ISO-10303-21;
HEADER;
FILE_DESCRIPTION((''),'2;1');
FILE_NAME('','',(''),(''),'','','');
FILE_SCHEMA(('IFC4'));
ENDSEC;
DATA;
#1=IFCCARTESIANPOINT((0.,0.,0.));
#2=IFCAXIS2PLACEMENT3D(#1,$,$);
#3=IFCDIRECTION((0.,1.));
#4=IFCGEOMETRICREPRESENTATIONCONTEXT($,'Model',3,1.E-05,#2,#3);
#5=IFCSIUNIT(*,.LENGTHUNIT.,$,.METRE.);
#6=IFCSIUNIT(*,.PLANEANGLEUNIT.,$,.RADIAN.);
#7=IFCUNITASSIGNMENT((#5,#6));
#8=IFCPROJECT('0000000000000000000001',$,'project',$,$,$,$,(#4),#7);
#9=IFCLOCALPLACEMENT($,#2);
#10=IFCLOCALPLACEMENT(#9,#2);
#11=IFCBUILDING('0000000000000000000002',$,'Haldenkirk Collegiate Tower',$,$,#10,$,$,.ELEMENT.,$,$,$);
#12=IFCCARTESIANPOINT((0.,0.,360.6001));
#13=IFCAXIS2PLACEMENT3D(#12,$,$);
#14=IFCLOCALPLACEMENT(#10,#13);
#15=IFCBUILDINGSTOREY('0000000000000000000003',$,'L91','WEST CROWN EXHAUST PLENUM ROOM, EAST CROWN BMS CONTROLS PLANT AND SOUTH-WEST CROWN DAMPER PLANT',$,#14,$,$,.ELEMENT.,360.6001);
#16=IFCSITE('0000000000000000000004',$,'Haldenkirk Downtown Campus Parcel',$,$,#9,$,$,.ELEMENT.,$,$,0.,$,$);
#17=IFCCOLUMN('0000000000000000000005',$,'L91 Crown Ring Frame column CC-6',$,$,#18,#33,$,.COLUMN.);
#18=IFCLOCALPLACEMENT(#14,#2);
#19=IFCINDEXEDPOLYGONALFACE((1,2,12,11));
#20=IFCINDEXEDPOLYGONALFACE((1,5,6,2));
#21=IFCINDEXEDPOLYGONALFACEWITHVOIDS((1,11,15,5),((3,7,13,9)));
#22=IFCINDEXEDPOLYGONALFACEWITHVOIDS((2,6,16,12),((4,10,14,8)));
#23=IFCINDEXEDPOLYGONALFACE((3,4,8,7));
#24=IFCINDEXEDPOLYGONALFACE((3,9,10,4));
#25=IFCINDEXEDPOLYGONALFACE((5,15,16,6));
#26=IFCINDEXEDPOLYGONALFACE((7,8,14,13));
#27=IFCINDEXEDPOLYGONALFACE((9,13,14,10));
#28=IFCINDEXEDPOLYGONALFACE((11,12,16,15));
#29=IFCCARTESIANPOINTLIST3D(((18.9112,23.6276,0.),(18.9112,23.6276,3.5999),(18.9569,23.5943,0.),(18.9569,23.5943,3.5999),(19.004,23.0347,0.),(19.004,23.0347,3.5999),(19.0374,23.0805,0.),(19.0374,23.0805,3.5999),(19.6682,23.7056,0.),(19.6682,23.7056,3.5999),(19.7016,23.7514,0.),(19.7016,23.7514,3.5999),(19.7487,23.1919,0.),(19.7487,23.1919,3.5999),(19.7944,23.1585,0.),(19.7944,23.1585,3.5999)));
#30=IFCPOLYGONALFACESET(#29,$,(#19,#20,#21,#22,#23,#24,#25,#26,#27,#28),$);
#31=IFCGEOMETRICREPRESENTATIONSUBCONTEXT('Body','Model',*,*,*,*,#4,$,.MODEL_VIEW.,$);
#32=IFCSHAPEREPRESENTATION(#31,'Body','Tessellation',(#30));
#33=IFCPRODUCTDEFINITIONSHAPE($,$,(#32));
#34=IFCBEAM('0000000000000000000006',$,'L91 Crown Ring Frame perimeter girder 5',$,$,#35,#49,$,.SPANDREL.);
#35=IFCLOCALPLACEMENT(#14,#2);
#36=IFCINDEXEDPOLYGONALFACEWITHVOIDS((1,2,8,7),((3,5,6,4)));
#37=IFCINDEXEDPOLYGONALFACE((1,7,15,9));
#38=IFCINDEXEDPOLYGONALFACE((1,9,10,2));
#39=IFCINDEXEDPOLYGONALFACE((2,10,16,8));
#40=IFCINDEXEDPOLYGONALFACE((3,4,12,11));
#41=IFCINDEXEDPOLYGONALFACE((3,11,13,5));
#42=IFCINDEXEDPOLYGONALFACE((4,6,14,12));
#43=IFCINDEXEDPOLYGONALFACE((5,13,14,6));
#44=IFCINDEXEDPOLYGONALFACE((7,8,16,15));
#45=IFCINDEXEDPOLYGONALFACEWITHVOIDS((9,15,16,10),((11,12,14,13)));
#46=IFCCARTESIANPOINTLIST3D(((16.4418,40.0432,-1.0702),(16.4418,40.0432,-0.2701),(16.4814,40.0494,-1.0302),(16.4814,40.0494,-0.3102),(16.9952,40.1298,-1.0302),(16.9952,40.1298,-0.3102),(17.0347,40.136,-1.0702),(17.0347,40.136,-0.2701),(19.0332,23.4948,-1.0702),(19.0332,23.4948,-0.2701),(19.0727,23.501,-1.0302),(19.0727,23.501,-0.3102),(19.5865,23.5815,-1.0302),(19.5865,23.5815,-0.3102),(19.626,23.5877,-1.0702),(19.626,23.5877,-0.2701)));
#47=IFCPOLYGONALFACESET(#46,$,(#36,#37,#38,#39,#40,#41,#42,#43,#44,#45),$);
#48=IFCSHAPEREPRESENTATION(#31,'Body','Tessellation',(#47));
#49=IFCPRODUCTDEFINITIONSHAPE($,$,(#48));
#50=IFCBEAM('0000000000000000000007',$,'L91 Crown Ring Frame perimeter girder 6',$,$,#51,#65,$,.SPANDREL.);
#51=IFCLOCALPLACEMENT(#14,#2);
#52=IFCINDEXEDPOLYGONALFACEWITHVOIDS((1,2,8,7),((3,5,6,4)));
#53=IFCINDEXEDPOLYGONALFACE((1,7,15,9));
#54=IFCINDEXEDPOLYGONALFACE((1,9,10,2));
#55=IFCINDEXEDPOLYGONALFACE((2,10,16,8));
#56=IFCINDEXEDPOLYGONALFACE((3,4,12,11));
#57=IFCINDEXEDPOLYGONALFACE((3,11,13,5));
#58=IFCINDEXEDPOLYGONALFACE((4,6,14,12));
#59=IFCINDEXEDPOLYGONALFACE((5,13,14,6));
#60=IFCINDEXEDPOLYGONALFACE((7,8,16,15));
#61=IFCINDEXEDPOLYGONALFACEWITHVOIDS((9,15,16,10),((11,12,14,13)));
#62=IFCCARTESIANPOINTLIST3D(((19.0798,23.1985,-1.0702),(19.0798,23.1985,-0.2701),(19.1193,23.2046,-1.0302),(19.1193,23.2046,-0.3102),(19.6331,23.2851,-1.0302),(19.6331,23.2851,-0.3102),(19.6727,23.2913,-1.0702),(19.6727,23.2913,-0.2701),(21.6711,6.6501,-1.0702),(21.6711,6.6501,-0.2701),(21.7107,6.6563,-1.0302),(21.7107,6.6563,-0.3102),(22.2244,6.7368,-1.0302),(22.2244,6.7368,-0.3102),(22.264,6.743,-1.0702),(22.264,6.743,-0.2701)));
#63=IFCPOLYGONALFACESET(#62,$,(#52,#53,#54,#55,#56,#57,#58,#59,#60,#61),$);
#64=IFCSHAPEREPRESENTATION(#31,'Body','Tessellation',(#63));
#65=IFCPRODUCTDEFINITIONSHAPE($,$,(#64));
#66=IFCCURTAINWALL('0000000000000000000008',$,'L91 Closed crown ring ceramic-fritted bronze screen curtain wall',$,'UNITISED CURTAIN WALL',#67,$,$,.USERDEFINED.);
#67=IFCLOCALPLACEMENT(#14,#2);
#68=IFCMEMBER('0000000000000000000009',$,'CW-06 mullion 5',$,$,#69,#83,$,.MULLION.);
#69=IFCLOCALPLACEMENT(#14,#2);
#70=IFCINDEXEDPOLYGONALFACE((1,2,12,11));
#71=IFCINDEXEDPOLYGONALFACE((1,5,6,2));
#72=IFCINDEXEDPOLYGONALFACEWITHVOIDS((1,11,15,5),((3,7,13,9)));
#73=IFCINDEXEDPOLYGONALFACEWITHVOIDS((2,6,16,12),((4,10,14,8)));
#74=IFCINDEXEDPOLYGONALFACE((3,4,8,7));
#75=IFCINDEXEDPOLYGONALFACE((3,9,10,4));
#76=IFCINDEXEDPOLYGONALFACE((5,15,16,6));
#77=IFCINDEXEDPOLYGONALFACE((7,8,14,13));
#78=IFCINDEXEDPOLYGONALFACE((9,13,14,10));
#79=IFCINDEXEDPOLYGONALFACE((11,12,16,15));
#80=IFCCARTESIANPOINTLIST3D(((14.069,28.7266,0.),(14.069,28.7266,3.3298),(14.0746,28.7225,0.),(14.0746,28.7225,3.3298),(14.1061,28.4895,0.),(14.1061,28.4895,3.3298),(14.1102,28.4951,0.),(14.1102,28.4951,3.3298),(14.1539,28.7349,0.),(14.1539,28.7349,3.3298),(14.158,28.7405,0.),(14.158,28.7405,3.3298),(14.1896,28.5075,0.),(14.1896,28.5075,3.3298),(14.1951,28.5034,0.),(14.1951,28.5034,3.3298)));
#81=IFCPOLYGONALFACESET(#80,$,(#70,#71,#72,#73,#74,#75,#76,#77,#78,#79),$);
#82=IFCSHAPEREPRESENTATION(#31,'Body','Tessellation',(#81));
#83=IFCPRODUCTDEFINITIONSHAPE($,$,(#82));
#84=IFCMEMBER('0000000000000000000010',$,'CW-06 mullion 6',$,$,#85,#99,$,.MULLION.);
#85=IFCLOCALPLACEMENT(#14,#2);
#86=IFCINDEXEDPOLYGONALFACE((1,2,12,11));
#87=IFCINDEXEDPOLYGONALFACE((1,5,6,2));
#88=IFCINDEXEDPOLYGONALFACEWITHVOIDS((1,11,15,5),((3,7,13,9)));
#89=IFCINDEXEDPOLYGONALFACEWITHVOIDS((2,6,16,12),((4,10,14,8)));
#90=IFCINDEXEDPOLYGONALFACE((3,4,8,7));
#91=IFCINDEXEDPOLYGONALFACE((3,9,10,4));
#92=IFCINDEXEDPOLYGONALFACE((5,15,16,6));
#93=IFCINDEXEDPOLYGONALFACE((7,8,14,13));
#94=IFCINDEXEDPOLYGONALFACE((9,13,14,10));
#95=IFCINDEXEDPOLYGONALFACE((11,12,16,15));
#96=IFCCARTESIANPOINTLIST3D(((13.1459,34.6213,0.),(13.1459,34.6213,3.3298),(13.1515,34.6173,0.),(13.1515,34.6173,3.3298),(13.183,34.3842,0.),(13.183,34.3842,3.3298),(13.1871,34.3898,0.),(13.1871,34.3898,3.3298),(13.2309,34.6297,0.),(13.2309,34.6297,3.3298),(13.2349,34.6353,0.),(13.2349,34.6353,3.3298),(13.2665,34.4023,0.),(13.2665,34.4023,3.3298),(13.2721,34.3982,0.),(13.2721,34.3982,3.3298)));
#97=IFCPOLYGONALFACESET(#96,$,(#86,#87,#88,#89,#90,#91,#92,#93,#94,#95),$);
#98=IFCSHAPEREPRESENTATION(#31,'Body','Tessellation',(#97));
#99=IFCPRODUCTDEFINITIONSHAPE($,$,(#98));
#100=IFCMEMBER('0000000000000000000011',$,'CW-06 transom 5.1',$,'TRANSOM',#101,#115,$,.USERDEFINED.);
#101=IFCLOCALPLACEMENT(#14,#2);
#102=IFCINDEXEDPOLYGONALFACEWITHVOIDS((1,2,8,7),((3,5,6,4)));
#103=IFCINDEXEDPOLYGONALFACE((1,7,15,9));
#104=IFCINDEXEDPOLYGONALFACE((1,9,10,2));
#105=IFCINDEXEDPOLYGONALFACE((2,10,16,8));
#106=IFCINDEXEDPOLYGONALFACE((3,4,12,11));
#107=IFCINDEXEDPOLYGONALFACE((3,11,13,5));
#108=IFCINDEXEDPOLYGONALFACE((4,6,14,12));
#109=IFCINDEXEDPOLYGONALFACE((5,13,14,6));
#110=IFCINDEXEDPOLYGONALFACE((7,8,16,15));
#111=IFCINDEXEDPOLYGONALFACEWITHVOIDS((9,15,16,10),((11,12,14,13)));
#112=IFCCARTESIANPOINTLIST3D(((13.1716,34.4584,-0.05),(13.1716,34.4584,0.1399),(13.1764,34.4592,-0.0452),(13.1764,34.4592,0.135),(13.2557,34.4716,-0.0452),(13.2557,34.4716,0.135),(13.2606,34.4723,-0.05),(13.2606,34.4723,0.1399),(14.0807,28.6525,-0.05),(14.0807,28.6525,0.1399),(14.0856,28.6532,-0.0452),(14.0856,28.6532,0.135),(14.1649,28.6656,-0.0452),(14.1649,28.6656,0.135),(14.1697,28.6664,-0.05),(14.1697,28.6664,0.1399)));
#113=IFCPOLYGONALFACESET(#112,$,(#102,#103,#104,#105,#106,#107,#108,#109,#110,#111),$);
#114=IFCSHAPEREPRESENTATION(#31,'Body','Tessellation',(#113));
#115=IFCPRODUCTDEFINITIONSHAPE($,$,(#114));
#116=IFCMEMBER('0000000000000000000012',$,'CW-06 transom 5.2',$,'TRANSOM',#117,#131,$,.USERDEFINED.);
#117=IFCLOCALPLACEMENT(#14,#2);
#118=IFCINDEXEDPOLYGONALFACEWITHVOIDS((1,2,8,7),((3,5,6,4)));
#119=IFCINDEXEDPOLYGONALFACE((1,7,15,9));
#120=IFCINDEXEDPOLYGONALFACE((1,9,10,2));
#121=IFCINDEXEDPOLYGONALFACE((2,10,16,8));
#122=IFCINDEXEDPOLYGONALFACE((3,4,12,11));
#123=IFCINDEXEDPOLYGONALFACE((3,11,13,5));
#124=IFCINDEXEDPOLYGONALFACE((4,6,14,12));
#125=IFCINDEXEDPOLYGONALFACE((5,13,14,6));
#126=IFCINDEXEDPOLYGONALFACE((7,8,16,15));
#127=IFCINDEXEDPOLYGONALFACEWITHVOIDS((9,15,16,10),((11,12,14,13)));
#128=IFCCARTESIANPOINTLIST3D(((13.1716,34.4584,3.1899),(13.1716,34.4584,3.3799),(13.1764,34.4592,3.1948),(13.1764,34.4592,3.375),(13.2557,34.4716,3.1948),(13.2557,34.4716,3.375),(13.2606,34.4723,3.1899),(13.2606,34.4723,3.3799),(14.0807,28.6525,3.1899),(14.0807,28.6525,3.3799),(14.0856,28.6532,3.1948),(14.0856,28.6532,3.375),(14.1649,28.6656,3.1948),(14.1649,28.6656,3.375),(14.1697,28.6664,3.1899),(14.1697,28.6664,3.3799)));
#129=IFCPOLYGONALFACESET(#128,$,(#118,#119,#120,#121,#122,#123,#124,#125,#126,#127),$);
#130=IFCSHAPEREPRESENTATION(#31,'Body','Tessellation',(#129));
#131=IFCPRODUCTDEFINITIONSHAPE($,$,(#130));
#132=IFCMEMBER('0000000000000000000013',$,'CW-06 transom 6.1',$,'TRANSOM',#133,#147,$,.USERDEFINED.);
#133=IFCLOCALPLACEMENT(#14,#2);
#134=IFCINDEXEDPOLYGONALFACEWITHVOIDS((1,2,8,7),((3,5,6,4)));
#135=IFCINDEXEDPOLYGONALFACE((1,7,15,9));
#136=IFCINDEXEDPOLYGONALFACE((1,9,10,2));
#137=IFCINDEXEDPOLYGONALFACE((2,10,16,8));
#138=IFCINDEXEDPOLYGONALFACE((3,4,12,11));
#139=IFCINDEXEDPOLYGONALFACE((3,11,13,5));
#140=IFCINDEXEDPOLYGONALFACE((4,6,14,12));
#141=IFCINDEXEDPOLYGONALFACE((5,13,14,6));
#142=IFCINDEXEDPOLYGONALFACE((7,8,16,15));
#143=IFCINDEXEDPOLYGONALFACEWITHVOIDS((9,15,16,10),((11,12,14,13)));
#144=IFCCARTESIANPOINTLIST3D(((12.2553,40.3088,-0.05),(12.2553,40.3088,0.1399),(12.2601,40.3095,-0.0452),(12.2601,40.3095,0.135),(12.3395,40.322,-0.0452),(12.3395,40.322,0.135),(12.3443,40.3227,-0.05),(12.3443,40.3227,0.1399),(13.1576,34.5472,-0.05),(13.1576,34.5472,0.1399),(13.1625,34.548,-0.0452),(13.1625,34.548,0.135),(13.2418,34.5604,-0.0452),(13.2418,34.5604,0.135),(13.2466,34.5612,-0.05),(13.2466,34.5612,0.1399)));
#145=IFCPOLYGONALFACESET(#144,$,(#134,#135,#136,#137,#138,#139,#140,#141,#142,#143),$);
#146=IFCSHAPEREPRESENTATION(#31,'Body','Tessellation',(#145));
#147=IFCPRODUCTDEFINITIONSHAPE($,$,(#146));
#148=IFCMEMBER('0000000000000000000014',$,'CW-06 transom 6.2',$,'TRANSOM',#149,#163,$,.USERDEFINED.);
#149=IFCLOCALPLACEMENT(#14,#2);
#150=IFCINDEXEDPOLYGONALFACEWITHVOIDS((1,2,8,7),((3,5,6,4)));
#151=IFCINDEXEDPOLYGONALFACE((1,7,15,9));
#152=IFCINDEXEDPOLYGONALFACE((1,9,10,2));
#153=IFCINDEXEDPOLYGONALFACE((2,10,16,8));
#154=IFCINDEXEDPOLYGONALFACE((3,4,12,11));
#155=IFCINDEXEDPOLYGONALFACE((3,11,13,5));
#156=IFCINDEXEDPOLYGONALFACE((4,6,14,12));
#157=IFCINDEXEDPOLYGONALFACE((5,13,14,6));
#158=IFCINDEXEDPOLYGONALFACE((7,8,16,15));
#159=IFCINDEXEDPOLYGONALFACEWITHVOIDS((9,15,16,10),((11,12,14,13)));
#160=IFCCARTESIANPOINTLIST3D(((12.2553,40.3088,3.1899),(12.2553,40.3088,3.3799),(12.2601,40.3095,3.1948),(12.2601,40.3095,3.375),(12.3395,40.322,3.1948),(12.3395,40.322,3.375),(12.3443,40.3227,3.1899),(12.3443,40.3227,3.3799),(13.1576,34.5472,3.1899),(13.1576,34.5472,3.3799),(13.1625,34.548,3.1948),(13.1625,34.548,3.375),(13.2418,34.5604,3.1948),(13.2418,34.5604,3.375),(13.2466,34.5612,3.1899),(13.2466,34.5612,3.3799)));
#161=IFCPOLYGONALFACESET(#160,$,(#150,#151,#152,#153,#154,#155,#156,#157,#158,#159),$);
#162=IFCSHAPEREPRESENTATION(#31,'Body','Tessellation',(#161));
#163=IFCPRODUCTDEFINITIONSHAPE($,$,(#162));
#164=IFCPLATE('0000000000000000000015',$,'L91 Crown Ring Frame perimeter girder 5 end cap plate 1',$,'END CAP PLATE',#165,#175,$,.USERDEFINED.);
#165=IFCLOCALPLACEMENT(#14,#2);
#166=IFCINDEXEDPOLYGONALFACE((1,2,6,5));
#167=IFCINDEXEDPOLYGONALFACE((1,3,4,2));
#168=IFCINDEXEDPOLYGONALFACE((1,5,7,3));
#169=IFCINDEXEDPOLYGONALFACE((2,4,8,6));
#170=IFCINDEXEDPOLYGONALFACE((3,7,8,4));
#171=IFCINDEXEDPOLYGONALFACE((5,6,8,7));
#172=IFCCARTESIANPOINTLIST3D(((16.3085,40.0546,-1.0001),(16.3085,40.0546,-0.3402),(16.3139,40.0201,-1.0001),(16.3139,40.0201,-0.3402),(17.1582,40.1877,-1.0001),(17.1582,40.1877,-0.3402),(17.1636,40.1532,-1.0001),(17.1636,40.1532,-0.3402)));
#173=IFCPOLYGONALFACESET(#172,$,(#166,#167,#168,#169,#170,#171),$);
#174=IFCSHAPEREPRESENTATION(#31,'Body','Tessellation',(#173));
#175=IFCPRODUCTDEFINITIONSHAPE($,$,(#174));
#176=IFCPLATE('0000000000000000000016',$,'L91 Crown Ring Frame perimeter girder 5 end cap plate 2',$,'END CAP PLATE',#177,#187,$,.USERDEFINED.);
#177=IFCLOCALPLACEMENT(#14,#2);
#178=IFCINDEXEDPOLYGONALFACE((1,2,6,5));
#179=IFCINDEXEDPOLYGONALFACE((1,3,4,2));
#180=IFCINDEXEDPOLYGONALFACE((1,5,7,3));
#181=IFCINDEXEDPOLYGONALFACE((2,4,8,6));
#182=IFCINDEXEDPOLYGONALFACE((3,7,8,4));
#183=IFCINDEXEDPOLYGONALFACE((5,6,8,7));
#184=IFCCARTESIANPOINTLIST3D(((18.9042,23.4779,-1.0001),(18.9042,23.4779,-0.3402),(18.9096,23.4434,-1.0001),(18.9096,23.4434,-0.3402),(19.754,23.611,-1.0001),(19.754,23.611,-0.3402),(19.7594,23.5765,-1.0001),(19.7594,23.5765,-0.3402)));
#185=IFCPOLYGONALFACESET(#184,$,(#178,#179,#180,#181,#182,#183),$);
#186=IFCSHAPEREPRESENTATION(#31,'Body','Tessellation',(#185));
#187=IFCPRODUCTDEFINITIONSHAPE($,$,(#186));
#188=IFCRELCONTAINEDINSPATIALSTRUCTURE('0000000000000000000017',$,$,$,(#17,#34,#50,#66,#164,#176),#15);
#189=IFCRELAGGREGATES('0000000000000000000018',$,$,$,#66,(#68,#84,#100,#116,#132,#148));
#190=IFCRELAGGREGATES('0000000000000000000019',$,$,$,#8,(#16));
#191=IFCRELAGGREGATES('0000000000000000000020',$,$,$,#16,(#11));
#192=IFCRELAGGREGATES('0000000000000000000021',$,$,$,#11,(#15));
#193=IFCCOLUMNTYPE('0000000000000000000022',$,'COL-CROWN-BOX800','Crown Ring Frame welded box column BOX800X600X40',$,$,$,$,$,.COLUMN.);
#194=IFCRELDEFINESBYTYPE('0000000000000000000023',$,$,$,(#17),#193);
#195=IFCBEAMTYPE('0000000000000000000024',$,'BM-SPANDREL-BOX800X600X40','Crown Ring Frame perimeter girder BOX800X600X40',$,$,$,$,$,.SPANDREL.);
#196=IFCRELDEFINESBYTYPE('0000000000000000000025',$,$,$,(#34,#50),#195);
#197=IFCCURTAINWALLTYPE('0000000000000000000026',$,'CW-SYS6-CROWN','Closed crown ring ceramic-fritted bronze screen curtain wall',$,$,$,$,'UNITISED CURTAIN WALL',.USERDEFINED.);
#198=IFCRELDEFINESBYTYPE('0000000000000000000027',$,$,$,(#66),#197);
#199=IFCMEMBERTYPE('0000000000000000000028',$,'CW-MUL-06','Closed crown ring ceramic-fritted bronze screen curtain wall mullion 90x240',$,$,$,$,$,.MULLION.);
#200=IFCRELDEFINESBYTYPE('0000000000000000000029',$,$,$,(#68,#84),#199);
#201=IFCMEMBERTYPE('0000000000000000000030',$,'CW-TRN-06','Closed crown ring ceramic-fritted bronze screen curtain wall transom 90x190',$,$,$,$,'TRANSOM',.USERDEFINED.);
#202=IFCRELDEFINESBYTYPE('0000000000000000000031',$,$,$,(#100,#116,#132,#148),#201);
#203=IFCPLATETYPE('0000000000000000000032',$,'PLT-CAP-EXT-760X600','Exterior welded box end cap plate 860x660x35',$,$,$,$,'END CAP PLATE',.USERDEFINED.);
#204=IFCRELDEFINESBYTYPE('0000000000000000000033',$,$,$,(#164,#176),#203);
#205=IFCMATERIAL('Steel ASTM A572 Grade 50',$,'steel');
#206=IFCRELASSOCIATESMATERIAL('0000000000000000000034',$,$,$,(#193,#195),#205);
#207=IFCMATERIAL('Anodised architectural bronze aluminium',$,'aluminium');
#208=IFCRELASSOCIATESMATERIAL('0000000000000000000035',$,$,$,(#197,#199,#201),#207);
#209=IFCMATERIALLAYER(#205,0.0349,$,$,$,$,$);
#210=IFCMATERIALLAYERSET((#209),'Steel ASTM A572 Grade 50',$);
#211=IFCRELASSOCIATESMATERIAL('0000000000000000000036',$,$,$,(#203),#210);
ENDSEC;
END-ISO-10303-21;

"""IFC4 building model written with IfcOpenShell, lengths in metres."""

from ifc_helpers import new_model, si_unit, direction, frame, origin, origin_2d, place, context, subcontext, project, spatial, rectangle, hollow_rectangle, extrude, source, transform, mapped, material, layer, layer_set, material_profile, profile_set, type_object, element, aggregate, save


model = new_model("IFC4")

# Units and contexts
model_context = context("Model", 3, precision=1e-05, world=origin(), true_north=direction((0.0, 1.0)))
body_context = subcontext(model_context, "Body", "Model", "MODEL_VIEW")
ifc_project = project(units=[si_unit("LENGTHUNIT", "METRE"), si_unit("PLANEANGLEUNIT", "RADIAN")], contexts=[model_context])

# Site, building, storey
site_placement = place(None, origin())
site = spatial("IfcSite", under=ifc_project, at=site_placement, Name="Haldenkirk Downtown Campus Parcel", CompositionType="ELEMENT", RefElevation=0.0)
building_placement = place(site_placement, origin())
building = spatial("IfcBuilding", under=site, at=building_placement, Name="Haldenkirk Collegiate Tower", CompositionType="ELEMENT")
storey_placement = place(building_placement, frame((0.0, 0.0, 360.6001)))
storey = spatial("IfcBuildingStorey", under=building, at=storey_placement, Name="L91", Description="WEST CROWN EXHAUST PLENUM ROOM, EAST CROWN BMS CONTROLS PLANT AND SOUTH-WEST CROWN DAMPER PLANT", CompositionType="ELEMENT", Elevation=360.6001)

# Column
ifc_material_1 = material(Name="Steel ASTM A572 Grade 50", Category="steel")
ifc_material_profile_1 = material_profile(ifc_material_1, hollow_rectangle(XDim=0.6001, YDim=0.8, WallThickness=0.04, at=origin_2d()), Name="BOX800X600X40")
ifc_profile_set_1 = profile_set([ifc_material_profile_1], Name="Steel ASTM A572 Grade 50")
column_type = type_object("IfcColumnType", Name="COL-CROWN-BOX800", Description="Crown Ring Frame welded box column BOX800X600X40", PredefinedType="COLUMN", material=ifc_profile_set_1)
column_placement = place(storey_placement, frame((19.3528, 23.3931, 0.0), z_axis=(0.0, 0.0, 1.0), x_axis=(-0.15471, 0.98796, 0.0)))
element("IfcColumn", 1, at=column_placement, inside=storey, type_object=column_type, Name="L91 Crown Ring Frame column CC-6", PredefinedType="COLUMN", context=body_context, shape_type="SweptSolid", body=[
    extrude(hollow_rectangle(XDim=0.6001, YDim=0.8, WallThickness=0.04, at=origin_2d()), origin(), (0.0, 0.0, 1.0), 3.5999),
])

# Beams
ifc_material_profile_2 = material_profile(ifc_material_1, hollow_rectangle(XDim=0.6001, YDim=0.8, WallThickness=0.04, at=origin_2d()), Name="BOX800X600X40")
ifc_profile_set_2 = profile_set([ifc_material_profile_2], Name="Steel ASTM A572 Grade 50")
beam_type = type_object("IfcBeamType", Name="BM-SPANDREL-BOX800X600X40", Description="Crown Ring Frame perimeter girder BOX800X600X40", PredefinedType="SPANDREL", material=ifc_profile_set_2)
for number, where, z_axis, x_axis, name in (
    (2, (16.7383, 40.0896, -0.6702), (0.154705, -0.987961, 0.0), (0.987961, 0.154705, 0.0), "L91 Crown Ring Frame perimeter girder 5"),
    (3, (19.3762, 23.2449, -0.6702), (0.154705, -0.987961, 0.0), (0.987961, 0.154705, 0.0), "L91 Crown Ring Frame perimeter girder 6"),
):
    element("IfcBeam", number, at=place(storey_placement, frame(where, z_axis=z_axis, x_axis=x_axis)), inside=storey, type_object=beam_type, Name=name, PredefinedType="SPANDREL", context=body_context, shape_type="SweptSolid", body=[
        extrude(hollow_rectangle(XDim=0.6001, YDim=0.8, WallThickness=0.04, at=origin_2d()), origin(), (0.0, 0.0, 1.0), 16.75),
    ])

# Curtain wall, members
ifc_material_2 = material(Name="Anodised architectural bronze aluminium", Category="aluminium")
curtain_wall_type = type_object("IfcCurtainWallType", Name="CW-SYS6-CROWN", Description="Closed crown ring ceramic-fritted bronze screen curtain wall", ElementType="UNITISED CURTAIN WALL", PredefinedType="USERDEFINED", material=ifc_material_2)
curtain_wall_placement = place(storey_placement, origin())
curtain_wall = element("IfcCurtainWall", 4, at=curtain_wall_placement, inside=storey, type_object=curtain_wall_type, Name="L91 Closed crown ring ceramic-fritted bronze screen curtain wall", ObjectType="UNITISED CURTAIN WALL", PredefinedType="USERDEFINED")
ifc_material_profile_3 = material_profile(ifc_material_2, hollow_rectangle(XDim=0.0901, YDim=0.24, WallThickness=0.0049, at=origin_2d()), Name="CW-MUL-06")
ifc_profile_set_3 = profile_set([ifc_material_profile_3], Name="Anodised architectural bronze aluminium")
member_type_1 = type_object("IfcMemberType", Name="CW-MUL-06", Description="Closed crown ring ceramic-fritted bronze screen curtain wall mullion 90x240", PredefinedType="MULLION", material=ifc_profile_set_3)
member_1_placement = place(storey_placement, frame((14.1321, 28.615, 0.0), z_axis=(0.0, 0.0, 1.0), x_axis=(-0.98796, -0.154713, 0.0)))
member_1 = element("IfcMember", 5, at=member_1_placement, type_object=member_type_1, Name="CW-06 mullion 5", PredefinedType="MULLION", context=body_context, shape_type="SweptSolid", body=[
    extrude(hollow_rectangle(XDim=0.0901, YDim=0.24, WallThickness=0.0049, at=origin_2d()), origin(), (0.0, 0.0, 1.0), 3.3298),
])
member_2_placement = place(storey_placement, frame((13.209, 34.5098, 0.0), z_axis=(0.0, 0.0, 1.0), x_axis=(-0.98796, -0.154713, 0.0)))
member_2 = element("IfcMember", 6, at=member_2_placement, type_object=member_type_1, Name="CW-06 mullion 6", PredefinedType="MULLION", context=body_context, shape_type="SweptSolid", body=[
    extrude(hollow_rectangle(XDim=0.0901, YDim=0.24, WallThickness=0.0049, at=origin_2d()), origin(), (0.0, 0.0, 1.0), 3.3298),
])
ifc_material_profile_4 = material_profile(ifc_material_2, hollow_rectangle(XDim=0.0901, YDim=0.1899, WallThickness=0.0049, at=origin_2d()), Name="CW-TRN-06")
ifc_profile_set_4 = profile_set([ifc_material_profile_4], Name="Anodised architectural bronze aluminium")
member_type_2 = type_object("IfcMemberType", Name="CW-TRN-06", Description="Closed crown ring ceramic-fritted bronze screen curtain wall transom 90x190", ElementType="TRANSOM", PredefinedType="USERDEFINED", material=ifc_profile_set_4)
member_3_placement = place(storey_placement, frame((14.1252, 28.6594, 0.0449), z_axis=(-0.15471, 0.98796, 0.0), x_axis=(-0.98796, -0.15471, 0.0)))
member_3 = element("IfcMember", 7, at=member_3_placement, type_object=member_type_2, Name="CW-06 transom 5.1", ObjectType="TRANSOM", PredefinedType="USERDEFINED", context=body_context, shape_type="SweptSolid", body=[
    extrude(hollow_rectangle(XDim=0.0901, YDim=0.1899, WallThickness=0.0049, at=origin_2d()), origin(), (0.0, 0.0, 1.0), 5.8767),
])
member_4_placement = place(storey_placement, frame((14.1252, 28.6594, 3.2849), z_axis=(-0.15471, 0.98796, 0.0), x_axis=(-0.98796, -0.15471, 0.0)))
member_4 = element("IfcMember", 8, at=member_4_placement, type_object=member_type_2, Name="CW-06 transom 5.2", ObjectType="TRANSOM", PredefinedType="USERDEFINED", context=body_context, shape_type="SweptSolid", body=[
    extrude(hollow_rectangle(XDim=0.0901, YDim=0.1899, WallThickness=0.0049, at=origin_2d()), origin(), (0.0, 0.0, 1.0), 5.8767),
])
member_5_placement = place(storey_placement, frame((13.2021, 34.5542, 0.0449), z_axis=(-0.154731, 0.987957, 0.0), x_axis=(-0.987957, -0.154731, 0.0)))
member_5 = element("IfcMember", 9, at=member_5_placement, type_object=member_type_2, Name="CW-06 transom 6.1", ObjectType="TRANSOM", PredefinedType="USERDEFINED", context=body_context, shape_type="SweptSolid", body=[
    extrude(hollow_rectangle(XDim=0.0901, YDim=0.1899, WallThickness=0.0049, at=origin_2d()), origin(), (0.0, 0.0, 1.0), 5.8318),
])
member_6_placement = place(storey_placement, frame((13.2021, 34.5542, 3.2849), z_axis=(-0.154731, 0.987957, 0.0), x_axis=(-0.987957, -0.154731, 0.0)))
member_6 = element("IfcMember", 10, at=member_6_placement, type_object=member_type_2, Name="CW-06 transom 6.2", ObjectType="TRANSOM", PredefinedType="USERDEFINED", context=body_context, shape_type="SweptSolid", body=[
    extrude(hollow_rectangle(XDim=0.0901, YDim=0.1899, WallThickness=0.0049, at=origin_2d()), origin(), (0.0, 0.0, 1.0), 5.8318),
])

# Plates
ifc_layer_1 = layer(ifc_material_1, 0.0349)
ifc_layer_set_1 = layer_set([ifc_layer_1], Name="Steel ASTM A572 Grade 50")
plate_type_1 = type_object("IfcPlateType", Name="PLT-CAP-EXT-760X600", Description="Exterior welded box end cap plate 860x660x35", ElementType="END CAP PLATE", PredefinedType="USERDEFINED", material=ifc_layer_set_1)
shared_shape_1 = source(origin(), body_context, "Body", "SweptSolid", [
    extrude(rectangle(XDim=0.8601, YDim=0.6599, at=origin_2d()), origin(), (0.0, 0.0, 1.0), 0.0349),
])
for number, where, z_axis, x_axis, name in (
    (11, (16.7388, 40.0867, -0.6702), (-0.154711, 0.98796, 0.0), (-0.98796, -0.154711, 0.0), "L91 Crown Ring Frame perimeter girder 5 end cap plate 1"),
    (12, (19.3291, 23.5444, -0.6702), (0.154711, -0.98796, 0.0), (0.98796, 0.154711, 0.0), "L91 Crown Ring Frame perimeter girder 5 end cap plate 2"),
):
    element("IfcPlate", number, at=place(storey_placement, frame(where, z_axis=z_axis, x_axis=x_axis)), inside=storey, type_object=plate_type_1, Name=name, ObjectType="END CAP PLATE", PredefinedType="USERDEFINED", context=body_context, shape_type="MappedRepresentation", body=[
        mapped(shared_shape_1, transform((0.0, 0.0, 0.0), x_axis=(1.0, 0.0, 0.0), y_axis=(0.0, 1.0, 0.0), z_axis=(0.0, 0.0, 1.0), scale=1.0)),
    ])

aggregate(curtain_wall, [member_1, member_2, member_3, member_4, member_5, member_6])

save(model, "model.ifc")
